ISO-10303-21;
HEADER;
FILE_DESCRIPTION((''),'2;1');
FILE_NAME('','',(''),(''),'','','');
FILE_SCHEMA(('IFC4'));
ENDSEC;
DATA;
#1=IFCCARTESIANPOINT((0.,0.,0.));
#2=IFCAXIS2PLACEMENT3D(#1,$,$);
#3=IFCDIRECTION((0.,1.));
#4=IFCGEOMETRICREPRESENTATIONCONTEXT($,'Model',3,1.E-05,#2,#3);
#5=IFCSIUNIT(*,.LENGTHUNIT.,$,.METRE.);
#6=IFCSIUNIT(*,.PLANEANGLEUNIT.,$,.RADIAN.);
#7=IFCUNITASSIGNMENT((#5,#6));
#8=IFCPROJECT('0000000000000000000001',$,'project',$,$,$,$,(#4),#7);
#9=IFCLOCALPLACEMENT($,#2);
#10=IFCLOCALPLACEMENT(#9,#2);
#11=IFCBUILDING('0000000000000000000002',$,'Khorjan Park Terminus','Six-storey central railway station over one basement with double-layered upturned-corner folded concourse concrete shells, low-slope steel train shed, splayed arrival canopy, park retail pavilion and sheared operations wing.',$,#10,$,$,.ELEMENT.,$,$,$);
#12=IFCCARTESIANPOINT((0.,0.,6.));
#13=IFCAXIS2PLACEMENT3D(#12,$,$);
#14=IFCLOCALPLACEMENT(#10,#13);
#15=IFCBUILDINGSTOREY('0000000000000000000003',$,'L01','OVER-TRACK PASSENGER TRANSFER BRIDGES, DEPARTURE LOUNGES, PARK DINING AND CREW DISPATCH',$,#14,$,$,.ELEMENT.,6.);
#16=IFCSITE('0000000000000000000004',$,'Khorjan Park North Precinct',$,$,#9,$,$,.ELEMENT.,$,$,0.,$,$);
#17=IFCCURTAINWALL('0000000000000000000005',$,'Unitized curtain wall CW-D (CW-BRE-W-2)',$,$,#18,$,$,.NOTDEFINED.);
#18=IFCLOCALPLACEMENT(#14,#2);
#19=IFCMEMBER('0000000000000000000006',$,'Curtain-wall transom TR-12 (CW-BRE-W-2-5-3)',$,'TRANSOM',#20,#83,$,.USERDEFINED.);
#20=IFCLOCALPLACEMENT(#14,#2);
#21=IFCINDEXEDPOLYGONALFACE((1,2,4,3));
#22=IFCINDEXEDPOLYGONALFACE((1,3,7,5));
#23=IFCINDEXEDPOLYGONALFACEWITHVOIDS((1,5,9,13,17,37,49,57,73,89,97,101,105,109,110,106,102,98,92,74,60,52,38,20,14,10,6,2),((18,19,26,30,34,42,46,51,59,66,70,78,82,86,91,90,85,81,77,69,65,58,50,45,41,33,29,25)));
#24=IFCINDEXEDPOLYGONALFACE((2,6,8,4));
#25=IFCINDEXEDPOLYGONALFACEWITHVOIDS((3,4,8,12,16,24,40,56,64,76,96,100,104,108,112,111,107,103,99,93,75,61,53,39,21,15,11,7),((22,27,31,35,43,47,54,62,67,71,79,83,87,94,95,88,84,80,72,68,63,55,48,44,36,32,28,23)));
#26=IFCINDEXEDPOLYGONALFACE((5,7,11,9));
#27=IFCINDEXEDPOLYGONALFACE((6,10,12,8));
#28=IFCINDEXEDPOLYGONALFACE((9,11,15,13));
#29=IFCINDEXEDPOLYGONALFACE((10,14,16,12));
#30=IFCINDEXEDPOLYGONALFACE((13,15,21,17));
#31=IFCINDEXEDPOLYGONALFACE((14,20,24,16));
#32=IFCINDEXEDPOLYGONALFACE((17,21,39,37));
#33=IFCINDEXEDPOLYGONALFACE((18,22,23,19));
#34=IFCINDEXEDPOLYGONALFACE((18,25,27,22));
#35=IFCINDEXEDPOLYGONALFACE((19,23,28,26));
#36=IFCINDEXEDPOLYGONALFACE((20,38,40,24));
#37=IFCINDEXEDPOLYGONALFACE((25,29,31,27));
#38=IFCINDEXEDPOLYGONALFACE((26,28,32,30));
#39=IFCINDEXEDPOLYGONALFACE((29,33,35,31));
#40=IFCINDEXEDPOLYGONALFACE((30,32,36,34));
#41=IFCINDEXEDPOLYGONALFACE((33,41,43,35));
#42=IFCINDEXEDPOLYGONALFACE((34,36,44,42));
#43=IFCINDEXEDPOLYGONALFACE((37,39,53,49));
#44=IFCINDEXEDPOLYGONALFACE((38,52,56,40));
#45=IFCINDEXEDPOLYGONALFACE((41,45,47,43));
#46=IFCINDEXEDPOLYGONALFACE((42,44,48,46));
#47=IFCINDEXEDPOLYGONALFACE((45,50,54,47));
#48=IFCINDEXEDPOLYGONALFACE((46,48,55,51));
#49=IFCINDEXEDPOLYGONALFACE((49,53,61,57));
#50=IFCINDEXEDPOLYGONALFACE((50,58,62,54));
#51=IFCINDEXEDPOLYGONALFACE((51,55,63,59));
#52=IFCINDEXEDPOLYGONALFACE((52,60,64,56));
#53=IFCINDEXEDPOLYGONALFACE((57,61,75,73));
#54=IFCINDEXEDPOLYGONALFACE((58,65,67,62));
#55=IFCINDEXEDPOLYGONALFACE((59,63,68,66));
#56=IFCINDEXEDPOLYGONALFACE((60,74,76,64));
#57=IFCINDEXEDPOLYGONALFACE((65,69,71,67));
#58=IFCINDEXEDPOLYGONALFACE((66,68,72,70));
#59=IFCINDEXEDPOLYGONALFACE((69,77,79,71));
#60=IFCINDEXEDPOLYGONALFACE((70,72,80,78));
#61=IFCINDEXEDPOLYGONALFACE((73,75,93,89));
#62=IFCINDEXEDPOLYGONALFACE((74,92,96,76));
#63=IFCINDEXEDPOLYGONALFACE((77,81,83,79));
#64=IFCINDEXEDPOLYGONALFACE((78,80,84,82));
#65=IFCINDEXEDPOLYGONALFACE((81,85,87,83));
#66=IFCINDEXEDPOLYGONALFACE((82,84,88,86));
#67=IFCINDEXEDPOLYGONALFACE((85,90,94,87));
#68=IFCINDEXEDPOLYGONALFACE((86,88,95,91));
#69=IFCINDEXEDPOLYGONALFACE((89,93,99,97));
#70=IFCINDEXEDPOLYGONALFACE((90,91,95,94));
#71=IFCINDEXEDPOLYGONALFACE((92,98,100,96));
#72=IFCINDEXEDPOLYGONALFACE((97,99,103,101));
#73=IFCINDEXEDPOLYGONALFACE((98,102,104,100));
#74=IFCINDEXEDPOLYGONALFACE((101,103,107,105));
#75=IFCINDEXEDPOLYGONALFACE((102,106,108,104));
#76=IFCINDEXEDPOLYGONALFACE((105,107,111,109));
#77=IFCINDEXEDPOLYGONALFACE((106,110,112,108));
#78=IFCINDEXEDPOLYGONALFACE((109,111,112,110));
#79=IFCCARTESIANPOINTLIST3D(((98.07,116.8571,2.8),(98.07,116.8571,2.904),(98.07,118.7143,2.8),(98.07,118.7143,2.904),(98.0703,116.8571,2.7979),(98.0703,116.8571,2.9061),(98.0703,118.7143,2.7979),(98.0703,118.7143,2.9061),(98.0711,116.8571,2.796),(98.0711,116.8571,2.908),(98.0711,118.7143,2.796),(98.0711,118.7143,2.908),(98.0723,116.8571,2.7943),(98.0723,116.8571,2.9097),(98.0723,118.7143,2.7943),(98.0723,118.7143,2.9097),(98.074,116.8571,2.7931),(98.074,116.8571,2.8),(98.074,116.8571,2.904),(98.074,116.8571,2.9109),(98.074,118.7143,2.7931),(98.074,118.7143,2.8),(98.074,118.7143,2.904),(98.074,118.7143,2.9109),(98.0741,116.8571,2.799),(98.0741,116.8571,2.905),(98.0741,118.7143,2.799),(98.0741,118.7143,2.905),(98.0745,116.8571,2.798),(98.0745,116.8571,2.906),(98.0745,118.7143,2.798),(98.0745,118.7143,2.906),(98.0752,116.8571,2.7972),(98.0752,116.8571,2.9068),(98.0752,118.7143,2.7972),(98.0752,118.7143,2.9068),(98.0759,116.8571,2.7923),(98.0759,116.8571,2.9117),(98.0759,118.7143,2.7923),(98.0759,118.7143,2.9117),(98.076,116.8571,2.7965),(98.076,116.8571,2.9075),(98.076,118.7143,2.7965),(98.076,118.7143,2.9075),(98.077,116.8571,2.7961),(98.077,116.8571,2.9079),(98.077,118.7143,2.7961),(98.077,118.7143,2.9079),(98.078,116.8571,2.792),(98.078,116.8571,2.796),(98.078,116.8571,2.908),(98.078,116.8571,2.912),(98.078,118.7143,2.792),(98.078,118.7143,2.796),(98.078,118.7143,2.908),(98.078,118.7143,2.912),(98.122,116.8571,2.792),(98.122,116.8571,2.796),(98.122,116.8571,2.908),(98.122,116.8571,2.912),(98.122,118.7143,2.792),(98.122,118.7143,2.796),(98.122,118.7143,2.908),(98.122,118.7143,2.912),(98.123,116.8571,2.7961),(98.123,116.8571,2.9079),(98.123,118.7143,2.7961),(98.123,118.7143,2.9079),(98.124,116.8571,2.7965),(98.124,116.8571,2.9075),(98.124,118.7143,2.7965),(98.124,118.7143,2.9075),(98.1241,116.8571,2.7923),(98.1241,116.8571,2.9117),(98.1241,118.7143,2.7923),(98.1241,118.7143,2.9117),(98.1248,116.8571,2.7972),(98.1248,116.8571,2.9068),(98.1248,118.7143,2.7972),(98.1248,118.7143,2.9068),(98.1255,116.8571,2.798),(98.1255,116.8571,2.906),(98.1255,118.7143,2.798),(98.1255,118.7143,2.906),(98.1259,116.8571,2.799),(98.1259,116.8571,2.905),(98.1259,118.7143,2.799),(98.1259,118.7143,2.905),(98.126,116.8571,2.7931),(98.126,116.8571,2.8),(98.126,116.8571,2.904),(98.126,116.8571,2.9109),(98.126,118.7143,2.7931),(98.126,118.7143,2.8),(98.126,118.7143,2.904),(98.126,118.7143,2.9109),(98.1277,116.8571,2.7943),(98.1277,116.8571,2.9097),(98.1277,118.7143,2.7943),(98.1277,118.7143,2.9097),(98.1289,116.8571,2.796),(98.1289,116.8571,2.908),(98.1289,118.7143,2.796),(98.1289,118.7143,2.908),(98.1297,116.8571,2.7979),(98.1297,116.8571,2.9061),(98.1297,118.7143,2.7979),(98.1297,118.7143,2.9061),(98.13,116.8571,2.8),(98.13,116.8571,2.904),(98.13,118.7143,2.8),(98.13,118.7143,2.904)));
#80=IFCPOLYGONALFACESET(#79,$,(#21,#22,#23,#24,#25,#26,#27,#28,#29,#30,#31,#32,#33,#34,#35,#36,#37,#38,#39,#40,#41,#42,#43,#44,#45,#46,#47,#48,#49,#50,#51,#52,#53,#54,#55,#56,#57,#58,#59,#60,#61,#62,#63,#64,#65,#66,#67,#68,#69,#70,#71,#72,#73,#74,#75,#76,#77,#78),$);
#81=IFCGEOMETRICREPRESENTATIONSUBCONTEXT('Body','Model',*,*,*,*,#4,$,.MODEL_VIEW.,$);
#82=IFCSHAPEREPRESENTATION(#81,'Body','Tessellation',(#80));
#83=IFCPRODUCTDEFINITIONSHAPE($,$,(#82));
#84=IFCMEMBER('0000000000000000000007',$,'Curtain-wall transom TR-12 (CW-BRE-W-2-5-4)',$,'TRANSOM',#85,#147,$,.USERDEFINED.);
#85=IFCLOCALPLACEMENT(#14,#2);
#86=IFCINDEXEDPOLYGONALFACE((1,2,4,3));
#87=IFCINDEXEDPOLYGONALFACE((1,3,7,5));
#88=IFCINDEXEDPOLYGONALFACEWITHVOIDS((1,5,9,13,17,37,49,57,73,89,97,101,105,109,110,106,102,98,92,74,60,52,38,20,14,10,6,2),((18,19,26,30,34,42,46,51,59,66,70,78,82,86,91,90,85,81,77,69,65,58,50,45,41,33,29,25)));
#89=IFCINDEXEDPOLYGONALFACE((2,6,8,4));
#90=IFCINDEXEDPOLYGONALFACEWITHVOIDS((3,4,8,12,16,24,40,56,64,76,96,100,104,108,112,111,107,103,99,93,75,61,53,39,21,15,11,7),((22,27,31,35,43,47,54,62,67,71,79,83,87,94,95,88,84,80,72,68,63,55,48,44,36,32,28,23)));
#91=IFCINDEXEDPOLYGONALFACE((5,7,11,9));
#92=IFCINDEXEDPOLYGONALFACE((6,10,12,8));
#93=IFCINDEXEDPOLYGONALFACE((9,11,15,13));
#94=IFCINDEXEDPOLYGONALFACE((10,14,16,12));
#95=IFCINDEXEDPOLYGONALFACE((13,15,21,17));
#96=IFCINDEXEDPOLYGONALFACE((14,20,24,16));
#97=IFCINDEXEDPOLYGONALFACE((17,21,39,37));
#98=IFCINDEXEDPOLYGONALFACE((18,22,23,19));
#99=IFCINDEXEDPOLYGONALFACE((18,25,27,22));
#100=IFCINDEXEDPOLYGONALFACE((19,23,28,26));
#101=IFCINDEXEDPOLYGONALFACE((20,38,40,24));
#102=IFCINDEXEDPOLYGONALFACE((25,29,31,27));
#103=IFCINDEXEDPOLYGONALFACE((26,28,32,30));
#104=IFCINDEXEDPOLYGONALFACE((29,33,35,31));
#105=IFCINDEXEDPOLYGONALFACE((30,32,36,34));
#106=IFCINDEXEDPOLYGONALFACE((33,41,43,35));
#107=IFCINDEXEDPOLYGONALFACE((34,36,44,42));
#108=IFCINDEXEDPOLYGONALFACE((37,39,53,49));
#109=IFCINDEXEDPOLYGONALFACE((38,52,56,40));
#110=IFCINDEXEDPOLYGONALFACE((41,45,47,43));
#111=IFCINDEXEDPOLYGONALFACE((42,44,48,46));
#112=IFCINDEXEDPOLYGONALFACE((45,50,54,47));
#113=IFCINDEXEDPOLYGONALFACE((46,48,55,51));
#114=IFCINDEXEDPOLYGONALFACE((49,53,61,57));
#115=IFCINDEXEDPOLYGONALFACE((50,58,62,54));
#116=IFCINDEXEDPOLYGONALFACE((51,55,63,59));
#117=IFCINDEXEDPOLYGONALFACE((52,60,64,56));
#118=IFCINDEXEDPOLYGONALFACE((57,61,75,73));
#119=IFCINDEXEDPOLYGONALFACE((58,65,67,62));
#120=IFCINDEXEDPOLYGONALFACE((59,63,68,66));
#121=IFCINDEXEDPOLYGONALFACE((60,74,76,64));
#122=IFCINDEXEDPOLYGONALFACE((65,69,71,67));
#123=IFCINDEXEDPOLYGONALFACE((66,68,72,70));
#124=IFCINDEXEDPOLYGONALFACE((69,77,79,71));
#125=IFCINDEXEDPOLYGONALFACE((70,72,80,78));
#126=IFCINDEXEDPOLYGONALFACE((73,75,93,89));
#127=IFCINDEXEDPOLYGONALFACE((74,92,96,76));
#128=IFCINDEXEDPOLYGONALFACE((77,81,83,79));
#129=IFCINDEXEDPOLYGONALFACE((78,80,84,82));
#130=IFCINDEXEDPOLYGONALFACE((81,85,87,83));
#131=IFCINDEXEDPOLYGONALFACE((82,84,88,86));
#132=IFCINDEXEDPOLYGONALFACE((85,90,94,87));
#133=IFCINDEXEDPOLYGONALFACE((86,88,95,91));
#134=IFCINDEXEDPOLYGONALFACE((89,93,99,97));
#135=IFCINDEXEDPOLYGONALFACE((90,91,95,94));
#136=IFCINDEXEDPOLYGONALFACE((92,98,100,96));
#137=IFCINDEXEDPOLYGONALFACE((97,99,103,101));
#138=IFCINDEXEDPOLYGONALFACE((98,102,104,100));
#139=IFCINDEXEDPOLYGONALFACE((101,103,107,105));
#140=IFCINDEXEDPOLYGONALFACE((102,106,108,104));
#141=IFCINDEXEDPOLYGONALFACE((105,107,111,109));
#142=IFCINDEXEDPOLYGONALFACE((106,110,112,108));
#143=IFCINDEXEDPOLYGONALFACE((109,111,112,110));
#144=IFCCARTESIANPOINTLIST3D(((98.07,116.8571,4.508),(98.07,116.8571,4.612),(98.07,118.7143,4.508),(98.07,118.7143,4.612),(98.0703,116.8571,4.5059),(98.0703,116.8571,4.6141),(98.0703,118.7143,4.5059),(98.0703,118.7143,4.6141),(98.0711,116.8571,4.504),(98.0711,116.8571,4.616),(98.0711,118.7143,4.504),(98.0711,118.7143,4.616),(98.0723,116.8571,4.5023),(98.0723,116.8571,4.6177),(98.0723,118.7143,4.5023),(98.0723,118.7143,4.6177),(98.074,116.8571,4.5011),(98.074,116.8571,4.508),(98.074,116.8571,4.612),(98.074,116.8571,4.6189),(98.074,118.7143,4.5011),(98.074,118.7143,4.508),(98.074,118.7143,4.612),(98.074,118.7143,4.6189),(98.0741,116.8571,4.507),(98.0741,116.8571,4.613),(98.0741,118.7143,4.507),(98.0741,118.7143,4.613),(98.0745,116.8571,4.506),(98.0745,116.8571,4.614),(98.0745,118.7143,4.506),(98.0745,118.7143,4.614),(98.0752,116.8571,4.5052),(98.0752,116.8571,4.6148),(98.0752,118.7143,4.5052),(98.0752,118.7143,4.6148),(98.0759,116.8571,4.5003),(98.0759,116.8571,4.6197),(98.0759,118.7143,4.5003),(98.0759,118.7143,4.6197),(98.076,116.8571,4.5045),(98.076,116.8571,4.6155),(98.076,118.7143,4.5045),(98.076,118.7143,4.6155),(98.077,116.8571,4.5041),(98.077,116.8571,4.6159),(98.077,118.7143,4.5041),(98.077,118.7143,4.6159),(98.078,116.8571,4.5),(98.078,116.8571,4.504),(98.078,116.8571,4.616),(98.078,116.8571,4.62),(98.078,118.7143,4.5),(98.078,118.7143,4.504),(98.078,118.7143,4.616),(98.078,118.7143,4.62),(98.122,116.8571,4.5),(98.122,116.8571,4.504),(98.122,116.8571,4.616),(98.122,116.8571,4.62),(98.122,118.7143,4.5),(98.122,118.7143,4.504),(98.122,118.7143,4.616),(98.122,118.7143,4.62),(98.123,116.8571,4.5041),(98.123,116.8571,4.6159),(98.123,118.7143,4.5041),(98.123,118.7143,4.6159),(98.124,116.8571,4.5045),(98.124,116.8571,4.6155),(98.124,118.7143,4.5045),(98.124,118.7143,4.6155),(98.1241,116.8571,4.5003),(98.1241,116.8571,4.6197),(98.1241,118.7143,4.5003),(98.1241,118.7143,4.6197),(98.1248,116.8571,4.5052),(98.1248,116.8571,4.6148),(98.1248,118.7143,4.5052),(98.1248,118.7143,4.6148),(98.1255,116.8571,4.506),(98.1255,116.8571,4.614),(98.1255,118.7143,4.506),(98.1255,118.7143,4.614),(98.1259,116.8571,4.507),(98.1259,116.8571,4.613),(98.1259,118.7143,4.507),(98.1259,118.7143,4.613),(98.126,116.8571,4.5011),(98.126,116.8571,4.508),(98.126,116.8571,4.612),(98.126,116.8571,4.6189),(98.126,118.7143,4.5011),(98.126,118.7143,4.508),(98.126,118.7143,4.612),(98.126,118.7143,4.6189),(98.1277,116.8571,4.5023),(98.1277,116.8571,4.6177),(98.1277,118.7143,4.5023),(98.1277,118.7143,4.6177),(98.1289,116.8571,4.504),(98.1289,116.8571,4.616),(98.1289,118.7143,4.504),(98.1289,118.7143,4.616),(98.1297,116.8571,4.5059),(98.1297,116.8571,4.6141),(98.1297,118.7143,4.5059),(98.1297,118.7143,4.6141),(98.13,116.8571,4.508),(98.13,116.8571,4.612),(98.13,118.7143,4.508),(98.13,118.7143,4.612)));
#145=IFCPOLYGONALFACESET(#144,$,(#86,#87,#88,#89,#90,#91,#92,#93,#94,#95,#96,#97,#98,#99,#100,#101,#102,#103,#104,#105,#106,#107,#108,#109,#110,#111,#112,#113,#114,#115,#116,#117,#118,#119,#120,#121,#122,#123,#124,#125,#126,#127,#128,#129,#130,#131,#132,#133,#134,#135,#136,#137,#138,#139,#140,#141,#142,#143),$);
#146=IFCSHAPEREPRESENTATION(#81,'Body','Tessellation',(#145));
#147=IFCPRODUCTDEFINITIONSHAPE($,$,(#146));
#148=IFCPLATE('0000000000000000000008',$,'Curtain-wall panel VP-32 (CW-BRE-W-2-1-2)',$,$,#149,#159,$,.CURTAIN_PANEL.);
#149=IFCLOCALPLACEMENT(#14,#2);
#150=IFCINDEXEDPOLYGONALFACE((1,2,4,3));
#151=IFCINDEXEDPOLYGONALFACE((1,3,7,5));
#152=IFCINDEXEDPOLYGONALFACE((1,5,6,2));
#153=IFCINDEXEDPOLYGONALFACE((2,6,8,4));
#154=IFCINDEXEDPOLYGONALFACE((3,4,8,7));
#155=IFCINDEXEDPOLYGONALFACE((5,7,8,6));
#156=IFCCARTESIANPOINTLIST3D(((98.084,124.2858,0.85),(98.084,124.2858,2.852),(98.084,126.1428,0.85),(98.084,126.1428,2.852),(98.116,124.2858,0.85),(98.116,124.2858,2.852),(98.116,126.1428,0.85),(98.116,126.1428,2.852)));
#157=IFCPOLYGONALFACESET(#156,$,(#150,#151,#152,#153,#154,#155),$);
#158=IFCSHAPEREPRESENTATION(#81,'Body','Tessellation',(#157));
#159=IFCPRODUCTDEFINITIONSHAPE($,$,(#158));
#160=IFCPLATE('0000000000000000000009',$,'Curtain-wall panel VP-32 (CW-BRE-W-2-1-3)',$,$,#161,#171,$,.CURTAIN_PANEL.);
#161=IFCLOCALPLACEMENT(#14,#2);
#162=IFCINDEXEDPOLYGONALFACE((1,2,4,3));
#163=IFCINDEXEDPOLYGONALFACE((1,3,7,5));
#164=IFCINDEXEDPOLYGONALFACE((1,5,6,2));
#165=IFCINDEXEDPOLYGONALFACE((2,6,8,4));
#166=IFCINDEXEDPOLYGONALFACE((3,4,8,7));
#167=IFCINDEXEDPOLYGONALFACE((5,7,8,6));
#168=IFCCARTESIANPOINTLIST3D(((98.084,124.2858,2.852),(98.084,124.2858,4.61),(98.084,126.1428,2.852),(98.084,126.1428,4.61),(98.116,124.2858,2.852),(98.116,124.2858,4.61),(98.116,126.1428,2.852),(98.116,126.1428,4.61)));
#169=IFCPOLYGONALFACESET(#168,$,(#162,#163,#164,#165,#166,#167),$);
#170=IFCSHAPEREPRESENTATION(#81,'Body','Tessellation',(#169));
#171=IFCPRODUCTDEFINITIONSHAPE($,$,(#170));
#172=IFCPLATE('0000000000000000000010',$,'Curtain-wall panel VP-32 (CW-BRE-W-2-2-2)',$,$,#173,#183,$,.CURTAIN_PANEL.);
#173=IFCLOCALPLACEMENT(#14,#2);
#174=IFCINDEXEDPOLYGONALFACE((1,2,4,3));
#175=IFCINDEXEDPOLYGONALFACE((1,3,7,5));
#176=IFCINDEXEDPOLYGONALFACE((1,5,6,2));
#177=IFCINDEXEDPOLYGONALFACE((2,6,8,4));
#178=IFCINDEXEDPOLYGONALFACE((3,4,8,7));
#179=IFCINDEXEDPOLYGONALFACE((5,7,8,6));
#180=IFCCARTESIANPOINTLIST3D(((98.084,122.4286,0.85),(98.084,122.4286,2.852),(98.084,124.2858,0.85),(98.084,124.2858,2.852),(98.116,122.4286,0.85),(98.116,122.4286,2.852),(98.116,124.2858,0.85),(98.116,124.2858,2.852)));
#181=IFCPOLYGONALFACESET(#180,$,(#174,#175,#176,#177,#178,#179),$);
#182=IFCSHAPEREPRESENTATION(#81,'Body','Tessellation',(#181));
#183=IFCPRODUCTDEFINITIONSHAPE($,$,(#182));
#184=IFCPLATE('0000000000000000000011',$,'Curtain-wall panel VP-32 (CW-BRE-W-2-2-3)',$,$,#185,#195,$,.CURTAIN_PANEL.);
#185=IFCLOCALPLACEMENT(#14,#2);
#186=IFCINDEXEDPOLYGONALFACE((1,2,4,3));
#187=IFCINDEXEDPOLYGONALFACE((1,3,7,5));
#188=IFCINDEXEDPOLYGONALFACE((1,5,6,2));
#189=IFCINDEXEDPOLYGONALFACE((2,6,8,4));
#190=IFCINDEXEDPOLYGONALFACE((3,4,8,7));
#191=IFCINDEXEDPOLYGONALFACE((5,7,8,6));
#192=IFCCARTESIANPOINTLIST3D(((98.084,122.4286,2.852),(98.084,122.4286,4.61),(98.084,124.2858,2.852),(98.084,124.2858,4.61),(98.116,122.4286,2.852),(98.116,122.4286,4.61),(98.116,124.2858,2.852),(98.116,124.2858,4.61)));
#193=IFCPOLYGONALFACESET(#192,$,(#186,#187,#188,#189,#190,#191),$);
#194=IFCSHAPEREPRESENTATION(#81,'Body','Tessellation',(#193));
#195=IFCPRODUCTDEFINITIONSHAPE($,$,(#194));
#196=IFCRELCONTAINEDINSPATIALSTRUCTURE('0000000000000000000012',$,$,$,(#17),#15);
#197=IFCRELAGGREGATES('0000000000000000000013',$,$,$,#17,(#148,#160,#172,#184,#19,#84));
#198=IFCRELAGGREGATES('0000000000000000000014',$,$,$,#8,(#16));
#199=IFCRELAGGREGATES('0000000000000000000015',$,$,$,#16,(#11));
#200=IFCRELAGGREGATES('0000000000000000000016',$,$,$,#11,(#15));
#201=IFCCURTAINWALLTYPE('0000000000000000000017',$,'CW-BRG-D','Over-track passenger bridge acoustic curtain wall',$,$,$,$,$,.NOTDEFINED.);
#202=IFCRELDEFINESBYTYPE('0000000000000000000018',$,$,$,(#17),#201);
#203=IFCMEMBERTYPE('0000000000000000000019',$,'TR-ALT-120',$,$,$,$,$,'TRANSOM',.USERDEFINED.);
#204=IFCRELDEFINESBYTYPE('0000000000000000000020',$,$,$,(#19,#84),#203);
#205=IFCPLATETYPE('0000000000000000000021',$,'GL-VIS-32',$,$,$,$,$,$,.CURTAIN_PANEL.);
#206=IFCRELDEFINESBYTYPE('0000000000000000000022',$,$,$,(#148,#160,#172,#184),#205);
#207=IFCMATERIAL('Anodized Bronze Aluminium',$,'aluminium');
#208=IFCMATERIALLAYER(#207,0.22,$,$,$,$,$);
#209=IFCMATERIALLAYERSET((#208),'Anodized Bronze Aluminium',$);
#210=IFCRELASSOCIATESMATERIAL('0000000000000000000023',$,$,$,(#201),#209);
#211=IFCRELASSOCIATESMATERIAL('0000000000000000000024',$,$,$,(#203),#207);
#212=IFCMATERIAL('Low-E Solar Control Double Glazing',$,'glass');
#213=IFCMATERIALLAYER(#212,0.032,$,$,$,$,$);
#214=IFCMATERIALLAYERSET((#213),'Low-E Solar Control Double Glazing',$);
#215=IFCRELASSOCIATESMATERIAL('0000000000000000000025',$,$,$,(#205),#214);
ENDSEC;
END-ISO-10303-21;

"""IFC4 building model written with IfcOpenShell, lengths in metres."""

from ifc_helpers import new_model, si_unit, direction, frame, origin, origin_2d, place, context, subcontext, project, spatial, rectangle, hollow_rectangle, extrude, material, layer, layer_set, material_profile, profile_set, type_object, element, aggregate, save


model = new_model("IFC4")

# Units and contexts
model_context = context("Model", 3, precision=1e-05, world=origin(), true_north=direction((0.0, 1.0)))
body_context = subcontext(model_context, "Body", "Model", "MODEL_VIEW")
ifc_project = project(units=[si_unit("LENGTHUNIT", "METRE"), si_unit("PLANEANGLEUNIT", "RADIAN")], contexts=[model_context])

# Site, building, storey
site_placement = place(None, origin())
site = spatial("IfcSite", under=ifc_project, at=site_placement, Name="Khorjan Park North Precinct", CompositionType="ELEMENT", RefElevation=0.0)
building_placement = place(site_placement, origin())
building = spatial("IfcBuilding", under=site, at=building_placement, Name="Khorjan Park Terminus", Description="Six-storey central railway station over one basement with double-layered upturned-corner folded concourse concrete shells, low-slope steel train shed, splayed arrival canopy, park retail pavilion and sheared operations wing.", CompositionType="ELEMENT")
storey_placement = place(building_placement, frame((0.0, 0.0, 6.0)))
storey = spatial("IfcBuildingStorey", under=building, at=storey_placement, Name="L01", Description="OVER-TRACK PASSENGER TRANSFER BRIDGES, DEPARTURE LOUNGES, PARK DINING AND CREW DISPATCH", CompositionType="ELEMENT", Elevation=6.0)

# Curtain wall, members, plates
ifc_material_1 = material(Name="Anodized Bronze Aluminium", Category="aluminium")
ifc_layer_1 = layer(ifc_material_1, 0.22)
ifc_layer_set_1 = layer_set([ifc_layer_1], Name="Anodized Bronze Aluminium")
curtain_wall_type = type_object("IfcCurtainWallType", Name="CW-BRG-D", Description="Over-track passenger bridge acoustic curtain wall", PredefinedType="NOTDEFINED", material=ifc_layer_set_1)
curtain_wall_placement = place(storey_placement, origin())
curtain_wall = element("IfcCurtainWall", 1, at=curtain_wall_placement, inside=storey, type_object=curtain_wall_type, Name="Unitized curtain wall CW-D (CW-BRE-W-2)", PredefinedType="NOTDEFINED")
ifc_material_profile_1 = material_profile(ifc_material_1, hollow_rectangle(XDim=0.06, YDim=0.12, WallThickness=0.004, InnerFilletRadius=0.004, OuterFilletRadius=0.008, at=origin_2d()), Name="ALT 60x120x4")
ifc_profile_set_1 = profile_set([ifc_material_profile_1], Name="Anodized Bronze Aluminium")
member_type_1 = type_object("IfcMemberType", Name="TR-ALT-120", ElementType="TRANSOM", PredefinedType="USERDEFINED", material=ifc_profile_set_1)
member_1_placement = place(storey_placement, frame((98.1, 118.7143, 2.852), z_axis=(0.0, -1.0, 0.0), x_axis=(1.0, 0.0, 0.0)))
member_1 = element("IfcMember", 2, at=member_1_placement, type_object=member_type_1, Name="Curtain-wall transom TR-12 (CW-BRE-W-2-5-3)", ObjectType="TRANSOM", PredefinedType="USERDEFINED", context=body_context, shape_type="SweptSolid", body=[
    extrude(hollow_rectangle(XDim=0.06, YDim=0.12, WallThickness=0.004, InnerFilletRadius=0.004, OuterFilletRadius=0.008, at=origin_2d()), origin(), (0.0, 0.0, 1.0), 1.8572),
])
member_2_placement = place(storey_placement, frame((98.1, 118.7143, 4.56), z_axis=(0.0, -1.0, 0.0), x_axis=(1.0, 0.0, 0.0)))
member_2 = element("IfcMember", 3, at=member_2_placement, type_object=member_type_1, Name="Curtain-wall transom TR-12 (CW-BRE-W-2-5-4)", ObjectType="TRANSOM", PredefinedType="USERDEFINED", context=body_context, shape_type="SweptSolid", body=[
    extrude(hollow_rectangle(XDim=0.06, YDim=0.12, WallThickness=0.004, InnerFilletRadius=0.004, OuterFilletRadius=0.008, at=origin_2d()), origin(), (0.0, 0.0, 1.0), 1.8572),
])
ifc_material_2 = material(Name="Low-E Solar Control Double Glazing", Category="glass")
ifc_layer_2 = layer(ifc_material_2, 0.032)
ifc_layer_set_2 = layer_set([ifc_layer_2], Name="Low-E Solar Control Double Glazing")
plate_type_1 = type_object("IfcPlateType", Name="GL-VIS-32", PredefinedType="CURTAIN_PANEL", material=ifc_layer_set_2)
plate_1_placement = place(storey_placement, frame((98.1, 125.2143, 0.85), z_axis=(0.0, 0.0, 1.0), x_axis=(0.0, -1.0, 0.0)))
plate_1 = element("IfcPlate", 4, at=plate_1_placement, type_object=plate_type_1, Name="Curtain-wall panel VP-32 (CW-BRE-W-2-1-2)", PredefinedType="CURTAIN_PANEL", context=body_context, shape_type="SweptSolid", body=[
    extrude(rectangle(XDim=1.8571, YDim=0.032, at=origin_2d()), origin(), (0.0, 0.0, 1.0), 2.002),
])
plate_2_placement = place(storey_placement, frame((98.1, 125.2143, 2.852), z_axis=(0.0, 0.0, 1.0), x_axis=(0.0, -1.0, 0.0)))
plate_2 = element("IfcPlate", 5, at=plate_2_placement, type_object=plate_type_1, Name="Curtain-wall panel VP-32 (CW-BRE-W-2-1-3)", PredefinedType="CURTAIN_PANEL", context=body_context, shape_type="SweptSolid", body=[
    extrude(rectangle(XDim=1.8571, YDim=0.032, at=origin_2d()), origin(), (0.0, 0.0, 1.0), 1.758),
])
plate_3_placement = place(storey_placement, frame((98.1, 123.3572, 0.85), z_axis=(0.0, 0.0, 1.0), x_axis=(0.0, -1.0, 0.0)))
plate_3 = element("IfcPlate", 6, at=plate_3_placement, type_object=plate_type_1, Name="Curtain-wall panel VP-32 (CW-BRE-W-2-2-2)", PredefinedType="CURTAIN_PANEL", context=body_context, shape_type="SweptSolid", body=[
    extrude(rectangle(XDim=1.8571, YDim=0.032, at=origin_2d()), origin(), (0.0, 0.0, 1.0), 2.002),
])
plate_4_placement = place(storey_placement, frame((98.1, 123.3572, 2.852), z_axis=(0.0, 0.0, 1.0), x_axis=(0.0, -1.0, 0.0)))
plate_4 = element("IfcPlate", 7, at=plate_4_placement, type_object=plate_type_1, Name="Curtain-wall panel VP-32 (CW-BRE-W-2-2-3)", PredefinedType="CURTAIN_PANEL", context=body_context, shape_type="SweptSolid", body=[
    extrude(rectangle(XDim=1.8571, YDim=0.032, at=origin_2d()), origin(), (0.0, 0.0, 1.0), 1.758),
])
aggregate(curtain_wall, [plate_1, plate_2, plate_3, plate_4, member_1, member_2])

save(model, "model.ifc")
